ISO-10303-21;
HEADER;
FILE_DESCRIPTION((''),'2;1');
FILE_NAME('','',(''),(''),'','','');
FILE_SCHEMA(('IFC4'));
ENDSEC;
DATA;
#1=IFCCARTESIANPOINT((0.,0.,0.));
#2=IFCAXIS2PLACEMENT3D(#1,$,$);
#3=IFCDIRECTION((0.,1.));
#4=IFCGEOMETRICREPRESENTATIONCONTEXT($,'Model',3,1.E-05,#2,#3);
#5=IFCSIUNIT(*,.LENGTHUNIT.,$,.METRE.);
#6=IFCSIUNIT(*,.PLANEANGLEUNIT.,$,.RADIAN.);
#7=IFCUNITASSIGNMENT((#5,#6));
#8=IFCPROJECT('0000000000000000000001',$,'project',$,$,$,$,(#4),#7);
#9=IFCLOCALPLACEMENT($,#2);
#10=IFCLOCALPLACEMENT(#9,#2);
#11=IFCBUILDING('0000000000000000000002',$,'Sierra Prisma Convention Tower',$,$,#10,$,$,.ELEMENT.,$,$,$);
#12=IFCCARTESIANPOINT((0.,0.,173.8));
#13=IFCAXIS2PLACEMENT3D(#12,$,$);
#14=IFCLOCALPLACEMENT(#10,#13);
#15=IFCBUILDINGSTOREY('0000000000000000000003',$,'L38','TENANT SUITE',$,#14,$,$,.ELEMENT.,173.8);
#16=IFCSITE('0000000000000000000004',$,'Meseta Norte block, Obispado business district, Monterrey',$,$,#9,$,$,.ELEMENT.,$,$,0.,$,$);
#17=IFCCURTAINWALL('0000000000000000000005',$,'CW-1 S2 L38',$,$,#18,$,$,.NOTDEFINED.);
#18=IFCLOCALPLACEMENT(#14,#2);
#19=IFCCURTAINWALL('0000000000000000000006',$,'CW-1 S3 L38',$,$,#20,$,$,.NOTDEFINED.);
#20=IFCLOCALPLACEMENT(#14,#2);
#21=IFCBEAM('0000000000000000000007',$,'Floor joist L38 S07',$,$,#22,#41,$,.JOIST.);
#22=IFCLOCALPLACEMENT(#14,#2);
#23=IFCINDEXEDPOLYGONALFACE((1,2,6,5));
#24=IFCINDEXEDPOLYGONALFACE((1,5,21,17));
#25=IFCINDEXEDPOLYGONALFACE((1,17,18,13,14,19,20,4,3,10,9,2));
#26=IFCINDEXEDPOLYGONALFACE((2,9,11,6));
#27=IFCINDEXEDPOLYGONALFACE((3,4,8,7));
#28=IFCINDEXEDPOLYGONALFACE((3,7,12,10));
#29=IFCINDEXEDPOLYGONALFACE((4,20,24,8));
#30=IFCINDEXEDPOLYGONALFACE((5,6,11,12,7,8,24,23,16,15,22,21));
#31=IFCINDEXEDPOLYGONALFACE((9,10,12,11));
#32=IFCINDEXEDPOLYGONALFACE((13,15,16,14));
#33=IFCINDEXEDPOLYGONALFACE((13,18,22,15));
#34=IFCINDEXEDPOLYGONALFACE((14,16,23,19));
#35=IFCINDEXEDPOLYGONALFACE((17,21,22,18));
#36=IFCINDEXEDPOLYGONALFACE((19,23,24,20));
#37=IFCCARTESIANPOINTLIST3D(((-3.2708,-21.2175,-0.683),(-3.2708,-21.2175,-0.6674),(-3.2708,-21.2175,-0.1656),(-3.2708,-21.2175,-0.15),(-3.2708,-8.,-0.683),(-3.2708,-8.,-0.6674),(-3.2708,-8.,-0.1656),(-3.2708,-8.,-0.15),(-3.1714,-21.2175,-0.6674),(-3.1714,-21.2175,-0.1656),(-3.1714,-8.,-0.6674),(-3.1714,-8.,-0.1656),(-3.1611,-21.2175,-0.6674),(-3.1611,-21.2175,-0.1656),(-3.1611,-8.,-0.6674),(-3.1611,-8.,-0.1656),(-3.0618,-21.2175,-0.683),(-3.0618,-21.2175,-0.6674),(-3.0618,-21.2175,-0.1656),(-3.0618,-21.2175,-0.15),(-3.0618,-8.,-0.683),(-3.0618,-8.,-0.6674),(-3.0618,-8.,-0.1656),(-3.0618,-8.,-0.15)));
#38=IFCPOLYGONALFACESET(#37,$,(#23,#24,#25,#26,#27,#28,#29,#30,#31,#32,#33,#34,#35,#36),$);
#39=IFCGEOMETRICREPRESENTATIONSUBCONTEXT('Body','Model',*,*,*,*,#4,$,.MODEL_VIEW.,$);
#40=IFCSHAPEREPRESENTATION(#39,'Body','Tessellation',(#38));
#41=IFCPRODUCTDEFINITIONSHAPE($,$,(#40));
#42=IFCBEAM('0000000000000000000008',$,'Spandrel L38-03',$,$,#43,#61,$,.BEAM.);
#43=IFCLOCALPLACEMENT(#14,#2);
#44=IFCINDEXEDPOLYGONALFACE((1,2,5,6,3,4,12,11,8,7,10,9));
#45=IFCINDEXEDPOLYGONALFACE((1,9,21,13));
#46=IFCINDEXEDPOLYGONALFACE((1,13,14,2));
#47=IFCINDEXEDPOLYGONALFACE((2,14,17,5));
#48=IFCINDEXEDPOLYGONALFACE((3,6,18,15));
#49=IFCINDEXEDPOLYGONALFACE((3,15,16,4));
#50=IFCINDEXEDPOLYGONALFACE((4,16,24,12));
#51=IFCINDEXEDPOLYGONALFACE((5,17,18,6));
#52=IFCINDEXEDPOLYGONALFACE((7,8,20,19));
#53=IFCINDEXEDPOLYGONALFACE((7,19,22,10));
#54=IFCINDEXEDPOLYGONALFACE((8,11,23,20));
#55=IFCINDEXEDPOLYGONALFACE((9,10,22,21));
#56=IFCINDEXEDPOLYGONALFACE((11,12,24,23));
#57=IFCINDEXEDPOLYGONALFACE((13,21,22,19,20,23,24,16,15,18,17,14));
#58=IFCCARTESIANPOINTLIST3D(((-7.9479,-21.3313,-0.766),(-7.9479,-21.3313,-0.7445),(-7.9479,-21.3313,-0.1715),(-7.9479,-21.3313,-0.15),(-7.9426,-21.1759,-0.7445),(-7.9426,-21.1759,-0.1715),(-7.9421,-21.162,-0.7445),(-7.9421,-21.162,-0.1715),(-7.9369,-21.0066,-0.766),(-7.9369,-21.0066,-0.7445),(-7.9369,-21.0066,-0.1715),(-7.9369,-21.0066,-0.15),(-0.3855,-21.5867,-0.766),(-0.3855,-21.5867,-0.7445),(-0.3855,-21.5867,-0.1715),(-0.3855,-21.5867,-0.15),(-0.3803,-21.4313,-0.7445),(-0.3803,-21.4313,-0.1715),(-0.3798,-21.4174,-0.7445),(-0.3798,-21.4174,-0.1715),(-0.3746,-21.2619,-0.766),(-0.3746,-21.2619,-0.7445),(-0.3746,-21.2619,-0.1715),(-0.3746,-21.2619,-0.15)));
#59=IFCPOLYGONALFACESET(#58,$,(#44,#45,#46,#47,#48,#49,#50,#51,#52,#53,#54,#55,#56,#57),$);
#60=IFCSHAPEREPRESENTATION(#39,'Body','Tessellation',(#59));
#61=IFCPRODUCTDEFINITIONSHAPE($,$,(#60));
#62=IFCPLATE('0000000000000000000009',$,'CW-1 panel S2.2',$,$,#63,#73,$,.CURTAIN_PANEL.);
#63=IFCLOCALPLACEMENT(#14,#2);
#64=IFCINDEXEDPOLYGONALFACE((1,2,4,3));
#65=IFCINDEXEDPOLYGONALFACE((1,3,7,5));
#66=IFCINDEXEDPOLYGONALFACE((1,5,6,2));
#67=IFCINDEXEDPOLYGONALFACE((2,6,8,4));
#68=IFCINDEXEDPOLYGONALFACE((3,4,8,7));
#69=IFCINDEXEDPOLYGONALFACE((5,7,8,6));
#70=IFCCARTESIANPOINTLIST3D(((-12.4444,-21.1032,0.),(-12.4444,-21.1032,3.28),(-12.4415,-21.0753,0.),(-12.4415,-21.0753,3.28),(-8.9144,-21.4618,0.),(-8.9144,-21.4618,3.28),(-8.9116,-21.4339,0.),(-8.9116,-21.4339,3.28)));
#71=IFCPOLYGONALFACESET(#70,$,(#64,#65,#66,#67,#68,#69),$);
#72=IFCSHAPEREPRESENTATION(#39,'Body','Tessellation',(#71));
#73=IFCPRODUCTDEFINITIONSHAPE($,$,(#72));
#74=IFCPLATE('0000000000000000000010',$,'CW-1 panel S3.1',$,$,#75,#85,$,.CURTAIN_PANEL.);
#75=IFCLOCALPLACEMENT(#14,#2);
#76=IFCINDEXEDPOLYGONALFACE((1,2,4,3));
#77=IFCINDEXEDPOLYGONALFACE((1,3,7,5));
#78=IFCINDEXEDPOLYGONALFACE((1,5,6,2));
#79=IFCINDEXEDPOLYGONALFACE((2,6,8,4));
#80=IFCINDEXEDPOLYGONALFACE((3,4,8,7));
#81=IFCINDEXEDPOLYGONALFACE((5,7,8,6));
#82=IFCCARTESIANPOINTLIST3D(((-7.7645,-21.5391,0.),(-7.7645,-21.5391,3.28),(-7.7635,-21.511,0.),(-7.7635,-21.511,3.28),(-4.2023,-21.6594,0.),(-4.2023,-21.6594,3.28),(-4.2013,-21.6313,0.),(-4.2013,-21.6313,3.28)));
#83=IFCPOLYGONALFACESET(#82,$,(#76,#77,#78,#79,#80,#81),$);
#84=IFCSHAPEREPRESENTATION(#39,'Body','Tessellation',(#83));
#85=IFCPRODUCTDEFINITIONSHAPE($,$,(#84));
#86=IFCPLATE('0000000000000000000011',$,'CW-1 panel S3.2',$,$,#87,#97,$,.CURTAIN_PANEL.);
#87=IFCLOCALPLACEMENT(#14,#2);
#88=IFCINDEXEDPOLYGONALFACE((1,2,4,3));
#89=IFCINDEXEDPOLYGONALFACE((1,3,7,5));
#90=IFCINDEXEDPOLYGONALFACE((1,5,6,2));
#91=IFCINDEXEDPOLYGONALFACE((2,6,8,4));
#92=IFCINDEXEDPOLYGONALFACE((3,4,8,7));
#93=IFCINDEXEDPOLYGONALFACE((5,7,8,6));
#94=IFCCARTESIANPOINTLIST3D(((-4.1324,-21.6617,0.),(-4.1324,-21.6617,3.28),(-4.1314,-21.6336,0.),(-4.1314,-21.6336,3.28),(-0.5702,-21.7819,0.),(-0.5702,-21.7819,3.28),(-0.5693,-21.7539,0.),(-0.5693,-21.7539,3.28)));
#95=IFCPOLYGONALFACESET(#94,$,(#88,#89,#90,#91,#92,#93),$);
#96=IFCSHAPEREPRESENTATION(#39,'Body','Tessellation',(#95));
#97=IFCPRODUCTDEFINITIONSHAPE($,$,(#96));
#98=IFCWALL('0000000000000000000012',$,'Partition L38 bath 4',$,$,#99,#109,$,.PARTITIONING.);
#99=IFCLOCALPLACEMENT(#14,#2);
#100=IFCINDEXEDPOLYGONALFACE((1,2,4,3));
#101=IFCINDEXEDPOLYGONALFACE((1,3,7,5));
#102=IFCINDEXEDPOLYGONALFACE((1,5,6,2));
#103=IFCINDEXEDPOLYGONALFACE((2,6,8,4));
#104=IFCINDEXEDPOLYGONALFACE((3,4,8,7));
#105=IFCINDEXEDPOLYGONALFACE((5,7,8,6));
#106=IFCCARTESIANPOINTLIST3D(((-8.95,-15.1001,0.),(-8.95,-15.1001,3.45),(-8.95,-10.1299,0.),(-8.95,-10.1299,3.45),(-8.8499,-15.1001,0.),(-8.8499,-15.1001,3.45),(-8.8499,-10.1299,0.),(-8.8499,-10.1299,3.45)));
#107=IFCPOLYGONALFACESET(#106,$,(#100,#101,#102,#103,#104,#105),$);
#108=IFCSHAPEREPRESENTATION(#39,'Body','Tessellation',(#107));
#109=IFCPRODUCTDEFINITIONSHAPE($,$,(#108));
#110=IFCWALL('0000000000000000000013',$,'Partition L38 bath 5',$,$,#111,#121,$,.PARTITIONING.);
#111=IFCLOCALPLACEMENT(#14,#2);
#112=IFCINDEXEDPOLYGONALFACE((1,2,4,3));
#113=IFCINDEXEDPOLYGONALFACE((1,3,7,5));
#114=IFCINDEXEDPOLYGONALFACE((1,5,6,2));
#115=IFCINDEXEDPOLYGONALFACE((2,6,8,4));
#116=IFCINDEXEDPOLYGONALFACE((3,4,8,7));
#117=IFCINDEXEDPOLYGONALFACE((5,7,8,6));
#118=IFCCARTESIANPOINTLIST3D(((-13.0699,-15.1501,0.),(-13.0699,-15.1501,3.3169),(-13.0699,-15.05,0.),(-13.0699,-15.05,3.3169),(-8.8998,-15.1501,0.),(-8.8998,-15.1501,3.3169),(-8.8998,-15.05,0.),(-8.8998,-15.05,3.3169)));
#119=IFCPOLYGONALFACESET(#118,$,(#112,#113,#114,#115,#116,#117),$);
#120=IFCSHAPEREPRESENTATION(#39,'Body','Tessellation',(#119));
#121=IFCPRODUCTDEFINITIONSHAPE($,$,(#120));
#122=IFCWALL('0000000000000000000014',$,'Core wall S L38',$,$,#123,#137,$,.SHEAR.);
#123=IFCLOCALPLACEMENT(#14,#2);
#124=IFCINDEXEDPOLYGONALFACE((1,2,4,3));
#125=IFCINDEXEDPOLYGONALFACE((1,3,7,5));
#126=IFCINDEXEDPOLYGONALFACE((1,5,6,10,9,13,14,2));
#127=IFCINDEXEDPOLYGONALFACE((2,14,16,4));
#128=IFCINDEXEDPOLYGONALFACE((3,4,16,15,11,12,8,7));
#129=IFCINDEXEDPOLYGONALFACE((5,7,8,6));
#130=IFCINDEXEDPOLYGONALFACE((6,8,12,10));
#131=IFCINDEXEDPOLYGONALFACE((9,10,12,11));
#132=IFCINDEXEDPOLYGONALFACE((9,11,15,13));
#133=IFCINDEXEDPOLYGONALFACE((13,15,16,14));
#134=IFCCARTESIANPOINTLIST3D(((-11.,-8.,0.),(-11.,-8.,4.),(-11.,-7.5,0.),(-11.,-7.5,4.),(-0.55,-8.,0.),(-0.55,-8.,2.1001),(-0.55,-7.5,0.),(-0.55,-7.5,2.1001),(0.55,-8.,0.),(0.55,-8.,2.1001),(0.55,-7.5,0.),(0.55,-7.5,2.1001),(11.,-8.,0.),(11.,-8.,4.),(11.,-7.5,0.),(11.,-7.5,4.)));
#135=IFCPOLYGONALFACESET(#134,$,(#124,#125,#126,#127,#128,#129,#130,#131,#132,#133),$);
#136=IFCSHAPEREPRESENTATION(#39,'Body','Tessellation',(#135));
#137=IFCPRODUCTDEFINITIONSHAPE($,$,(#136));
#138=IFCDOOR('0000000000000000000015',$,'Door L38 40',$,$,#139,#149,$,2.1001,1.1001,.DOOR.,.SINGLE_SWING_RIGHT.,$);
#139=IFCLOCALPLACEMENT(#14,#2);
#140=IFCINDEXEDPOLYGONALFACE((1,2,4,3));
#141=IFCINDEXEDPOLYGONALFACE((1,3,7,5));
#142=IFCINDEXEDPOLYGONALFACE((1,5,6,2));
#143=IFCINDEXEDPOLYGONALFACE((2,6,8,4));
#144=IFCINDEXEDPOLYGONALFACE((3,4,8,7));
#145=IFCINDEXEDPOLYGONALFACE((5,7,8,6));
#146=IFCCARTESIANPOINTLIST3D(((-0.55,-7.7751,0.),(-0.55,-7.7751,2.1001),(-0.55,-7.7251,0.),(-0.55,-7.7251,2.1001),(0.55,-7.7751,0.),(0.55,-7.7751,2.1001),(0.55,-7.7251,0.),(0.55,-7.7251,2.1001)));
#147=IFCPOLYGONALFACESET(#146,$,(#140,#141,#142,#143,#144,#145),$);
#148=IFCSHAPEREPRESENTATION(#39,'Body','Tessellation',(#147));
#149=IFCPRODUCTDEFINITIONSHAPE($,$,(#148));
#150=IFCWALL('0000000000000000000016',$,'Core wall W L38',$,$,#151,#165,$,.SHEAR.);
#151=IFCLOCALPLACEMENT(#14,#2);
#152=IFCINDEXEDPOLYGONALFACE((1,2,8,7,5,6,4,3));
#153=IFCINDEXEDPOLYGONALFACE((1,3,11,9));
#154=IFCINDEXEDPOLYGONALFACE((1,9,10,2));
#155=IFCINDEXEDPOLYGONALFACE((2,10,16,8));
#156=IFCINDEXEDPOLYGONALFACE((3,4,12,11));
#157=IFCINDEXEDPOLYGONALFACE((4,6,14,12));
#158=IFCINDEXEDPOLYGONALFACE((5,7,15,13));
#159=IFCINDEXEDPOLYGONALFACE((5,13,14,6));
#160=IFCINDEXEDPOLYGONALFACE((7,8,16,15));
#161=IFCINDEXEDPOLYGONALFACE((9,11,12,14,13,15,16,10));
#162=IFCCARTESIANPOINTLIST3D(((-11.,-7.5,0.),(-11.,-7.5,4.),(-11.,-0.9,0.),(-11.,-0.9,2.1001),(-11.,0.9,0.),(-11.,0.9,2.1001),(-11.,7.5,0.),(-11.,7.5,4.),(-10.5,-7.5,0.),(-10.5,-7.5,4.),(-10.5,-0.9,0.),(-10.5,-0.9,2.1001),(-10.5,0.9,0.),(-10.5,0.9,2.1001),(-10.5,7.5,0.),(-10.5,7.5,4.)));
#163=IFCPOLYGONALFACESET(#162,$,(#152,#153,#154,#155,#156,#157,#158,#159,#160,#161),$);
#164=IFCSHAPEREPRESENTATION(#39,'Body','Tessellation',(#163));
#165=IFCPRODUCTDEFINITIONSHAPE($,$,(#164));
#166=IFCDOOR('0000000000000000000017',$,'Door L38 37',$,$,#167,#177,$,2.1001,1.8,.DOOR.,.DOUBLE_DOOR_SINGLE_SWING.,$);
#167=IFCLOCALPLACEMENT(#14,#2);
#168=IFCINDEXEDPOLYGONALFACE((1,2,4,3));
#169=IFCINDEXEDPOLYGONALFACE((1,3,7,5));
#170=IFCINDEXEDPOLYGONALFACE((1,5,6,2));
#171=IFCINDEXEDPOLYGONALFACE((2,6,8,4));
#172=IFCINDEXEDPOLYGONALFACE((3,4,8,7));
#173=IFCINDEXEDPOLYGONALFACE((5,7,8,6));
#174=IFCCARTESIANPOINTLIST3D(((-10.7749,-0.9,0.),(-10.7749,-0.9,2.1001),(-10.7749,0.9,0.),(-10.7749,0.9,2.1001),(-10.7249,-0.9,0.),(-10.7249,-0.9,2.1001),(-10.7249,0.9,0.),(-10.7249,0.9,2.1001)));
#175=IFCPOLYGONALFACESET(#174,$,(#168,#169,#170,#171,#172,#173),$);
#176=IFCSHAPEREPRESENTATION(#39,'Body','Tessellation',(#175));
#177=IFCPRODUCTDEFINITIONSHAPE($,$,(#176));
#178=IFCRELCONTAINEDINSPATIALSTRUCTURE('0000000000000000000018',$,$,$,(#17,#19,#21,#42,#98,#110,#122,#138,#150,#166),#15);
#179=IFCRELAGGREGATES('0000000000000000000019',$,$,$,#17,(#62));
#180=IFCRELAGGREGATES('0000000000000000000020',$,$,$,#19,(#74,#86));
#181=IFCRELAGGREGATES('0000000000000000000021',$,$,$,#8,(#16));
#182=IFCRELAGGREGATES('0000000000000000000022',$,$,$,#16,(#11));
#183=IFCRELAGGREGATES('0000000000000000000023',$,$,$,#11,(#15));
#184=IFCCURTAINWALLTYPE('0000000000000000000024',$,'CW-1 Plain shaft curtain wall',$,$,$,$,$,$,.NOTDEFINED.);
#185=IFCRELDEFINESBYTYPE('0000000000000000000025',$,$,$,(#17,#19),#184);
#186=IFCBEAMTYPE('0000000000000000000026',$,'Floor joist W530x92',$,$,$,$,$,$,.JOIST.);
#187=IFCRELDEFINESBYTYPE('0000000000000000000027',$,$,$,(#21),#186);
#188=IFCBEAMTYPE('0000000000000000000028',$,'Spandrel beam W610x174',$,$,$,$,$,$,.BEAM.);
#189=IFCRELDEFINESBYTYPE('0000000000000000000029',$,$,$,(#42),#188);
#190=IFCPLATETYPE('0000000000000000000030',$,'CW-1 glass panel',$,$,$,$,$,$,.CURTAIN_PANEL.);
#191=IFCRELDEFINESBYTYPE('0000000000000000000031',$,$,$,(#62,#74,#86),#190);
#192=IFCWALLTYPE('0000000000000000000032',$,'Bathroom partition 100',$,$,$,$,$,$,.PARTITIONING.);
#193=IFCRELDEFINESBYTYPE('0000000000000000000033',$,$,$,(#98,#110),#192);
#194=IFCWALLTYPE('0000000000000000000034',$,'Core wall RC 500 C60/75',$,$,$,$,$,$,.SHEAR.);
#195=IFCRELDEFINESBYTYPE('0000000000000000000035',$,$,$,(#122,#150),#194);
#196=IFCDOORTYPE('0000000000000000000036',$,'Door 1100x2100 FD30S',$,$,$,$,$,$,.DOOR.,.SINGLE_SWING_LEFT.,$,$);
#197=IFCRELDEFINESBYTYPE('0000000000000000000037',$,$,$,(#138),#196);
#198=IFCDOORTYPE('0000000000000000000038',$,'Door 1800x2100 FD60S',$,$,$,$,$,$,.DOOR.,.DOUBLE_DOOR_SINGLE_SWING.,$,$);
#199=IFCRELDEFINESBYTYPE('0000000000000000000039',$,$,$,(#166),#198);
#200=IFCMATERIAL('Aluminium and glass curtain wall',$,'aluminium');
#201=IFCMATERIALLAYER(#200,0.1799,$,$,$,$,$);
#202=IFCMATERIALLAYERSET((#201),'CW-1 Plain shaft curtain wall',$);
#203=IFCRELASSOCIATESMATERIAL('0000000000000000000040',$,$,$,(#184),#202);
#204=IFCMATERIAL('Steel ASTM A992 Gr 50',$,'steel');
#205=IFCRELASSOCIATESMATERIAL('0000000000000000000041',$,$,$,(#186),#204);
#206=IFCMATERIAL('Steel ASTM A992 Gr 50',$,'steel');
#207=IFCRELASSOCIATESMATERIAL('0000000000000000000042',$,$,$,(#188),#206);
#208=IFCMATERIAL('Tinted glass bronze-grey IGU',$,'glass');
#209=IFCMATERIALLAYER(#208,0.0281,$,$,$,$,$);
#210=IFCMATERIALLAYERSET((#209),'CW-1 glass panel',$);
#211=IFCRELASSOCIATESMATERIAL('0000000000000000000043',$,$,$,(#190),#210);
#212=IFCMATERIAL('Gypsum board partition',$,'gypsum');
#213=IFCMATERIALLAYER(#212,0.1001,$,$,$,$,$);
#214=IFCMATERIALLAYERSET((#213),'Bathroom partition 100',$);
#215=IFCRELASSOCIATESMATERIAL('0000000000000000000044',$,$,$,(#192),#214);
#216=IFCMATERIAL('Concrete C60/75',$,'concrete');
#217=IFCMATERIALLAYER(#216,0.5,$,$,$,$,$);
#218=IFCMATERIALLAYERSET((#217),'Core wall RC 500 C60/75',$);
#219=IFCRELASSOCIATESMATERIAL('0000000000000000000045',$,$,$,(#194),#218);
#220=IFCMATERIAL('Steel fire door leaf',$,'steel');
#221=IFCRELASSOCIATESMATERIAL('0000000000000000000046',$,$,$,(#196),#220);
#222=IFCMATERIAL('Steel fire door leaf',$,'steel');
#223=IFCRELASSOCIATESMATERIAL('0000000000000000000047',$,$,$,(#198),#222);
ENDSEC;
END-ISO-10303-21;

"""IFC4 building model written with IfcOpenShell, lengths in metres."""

from ifc_helpers import new_model, si_unit, direction, frame, frame_2d, origin, origin_2d, place, context, subcontext, project, spatial, rectangle, i_section, extrude, material, layer, layer_set, material_profile, profile_set, type_object, element, fill, aggregate, save


model = new_model("IFC4")

# Units and contexts
model_context = context("Model", 3, precision=1e-05, world=origin(), true_north=direction((0.0, 1.0)))
body_context = subcontext(model_context, "Body", "Model", "MODEL_VIEW")
ifc_project = project(units=[si_unit("LENGTHUNIT", "METRE"), si_unit("PLANEANGLEUNIT", "RADIAN")], contexts=[model_context])

# Site, building, storey
site_placement = place(None, origin())
site = spatial("IfcSite", under=ifc_project, at=site_placement, Name="Meseta Norte block, Obispado business district, Monterrey", CompositionType="ELEMENT", RefElevation=0.0)
building_placement = place(site_placement, origin())
building = spatial("IfcBuilding", under=site, at=building_placement, Name="Sierra Prisma Convention Tower", CompositionType="ELEMENT")
storey_placement = place(building_placement, frame((0.0, 0.0, 173.8)))
storey = spatial("IfcBuildingStorey", under=building, at=storey_placement, Name="L38", Description="TENANT SUITE", CompositionType="ELEMENT", Elevation=173.8)

# Curtain wall
ifc_material_1 = material(Name="Aluminium and glass curtain wall", Category="aluminium")
ifc_layer_1 = layer(ifc_material_1, 0.1799)
ifc_layer_set_1 = layer_set([ifc_layer_1], Name="CW-1 Plain shaft curtain wall")
curtain_wall_type = type_object("IfcCurtainWallType", Name="CW-1 Plain shaft curtain wall", PredefinedType="NOTDEFINED", material=ifc_layer_set_1)
curtain_wall_1_placement = place(storey_placement, origin())
curtain_wall_1 = element("IfcCurtainWall", 1, at=curtain_wall_1_placement, inside=storey, type_object=curtain_wall_type, Name="CW-1 S2 L38", PredefinedType="NOTDEFINED")

# Curtain wall
curtain_wall_2_placement = place(storey_placement, origin())
curtain_wall_2 = element("IfcCurtainWall", 2, at=curtain_wall_2_placement, inside=storey, type_object=curtain_wall_type, Name="CW-1 S3 L38", PredefinedType="NOTDEFINED")

# Beams
ifc_material_2 = material(Name="Steel ASTM A992 Gr 50", Category="steel")
ifc_material_profile_1 = material_profile(ifc_material_2, i_section(OverallWidth=0.209, OverallDepth=0.533, WebThickness=0.0103, FlangeThickness=0.0156, at=origin_2d()), Name="W530x92")
ifc_profile_set_1 = profile_set([ifc_material_profile_1], Name="Steel ASTM A992 Gr 50")
beam_type_1 = type_object("IfcBeamType", Name="Floor joist W530x92", PredefinedType="JOIST", material=ifc_profile_set_1)
beam_1_placement = place(storey_placement, frame((-3.1663, -21.2175, -0.4165), z_axis=(0.0, 1.0, 0.0), x_axis=(-1.0, 0.0, 0.0)))
element("IfcBeam", 3, at=beam_1_placement, inside=storey, type_object=beam_type_1, Name="Floor joist L38 S07", PredefinedType="JOIST", context=body_context, shape_type="SweptSolid", body=[
    extrude(i_section(OverallWidth=0.209, OverallDepth=0.533, WebThickness=0.0103, FlangeThickness=0.0156, at=origin_2d()), origin(), (0.0, 0.0, 1.0), 13.2175),
])
ifc_material_3 = material(Name="Steel ASTM A992 Gr 50", Category="steel")
ifc_material_profile_2 = material_profile(ifc_material_3, i_section(OverallWidth=0.325, OverallDepth=0.616, WebThickness=0.0139, FlangeThickness=0.0215, at=origin_2d()), Name="W610x174")
ifc_profile_set_2 = profile_set([ifc_material_profile_2], Name="Steel ASTM A992 Gr 50")
beam_type_2 = type_object("IfcBeamType", Name="Spandrel beam W610x174", PredefinedType="BEAM", material=ifc_profile_set_2)
beam_2_placement = place(storey_placement, frame((-7.9424, -21.1689, -0.458), z_axis=(0.99943, -0.03375, 0.0), x_axis=(0.03375, 0.99943, 0.0)))
element("IfcBeam", 4, at=beam_2_placement, inside=storey, type_object=beam_type_2, Name="Spandrel L38-03", PredefinedType="BEAM", context=body_context, shape_type="SweptSolid", body=[
    extrude(i_section(OverallWidth=0.325, OverallDepth=0.616, WebThickness=0.0139, FlangeThickness=0.0215, at=origin_2d()), origin(), (0.0, 0.0, 1.0), 7.5667),
])

# Plates
ifc_material_4 = material(Name="Tinted glass bronze-grey IGU", Category="glass")
ifc_layer_2 = layer(ifc_material_4, 0.0281)
ifc_layer_set_2 = layer_set([ifc_layer_2], Name="CW-1 glass panel")
plate_type = type_object("IfcPlateType", Name="CW-1 glass panel", PredefinedType="CURTAIN_PANEL", material=ifc_layer_set_2)
plate_1_placement = place(storey_placement, frame((-10.678, -21.2686, 0.0), z_axis=(0.0, 0.0, 1.0), x_axis=(0.99488, -0.101067, 0.0)))
plate_1 = element("IfcPlate", 5, at=plate_1_placement, type_object=plate_type, Name="CW-1 panel S2.2", PredefinedType="CURTAIN_PANEL", context=body_context, shape_type="SweptSolid", body=[
    extrude(rectangle(XDim=3.5481, YDim=0.0281, at=origin_2d()), origin(), (0.0, 0.0, 1.0), 3.28),
])
aggregate(curtain_wall_1, [plate_1])
plate_2_placement = place(storey_placement, frame((-5.9829, -21.5852, 0.0), z_axis=(0.0, 0.0, 1.0), x_axis=(0.999431, -0.03374, 0.0)))
plate_2 = element("IfcPlate", 6, at=plate_2_placement, type_object=plate_type, Name="CW-1 panel S3.1", PredefinedType="CURTAIN_PANEL", context=body_context, shape_type="SweptSolid", body=[
    extrude(rectangle(XDim=3.5642, YDim=0.0281, at=origin_2d()), origin(), (0.0, 0.0, 1.0), 3.28),
])
plate_3_placement = place(storey_placement, frame((-2.3508, -21.7078, 0.0), z_axis=(0.0, 0.0, 1.0), x_axis=(0.999431, -0.03374, 0.0)))
plate_3 = element("IfcPlate", 7, at=plate_3_placement, type_object=plate_type, Name="CW-1 panel S3.2", PredefinedType="CURTAIN_PANEL", context=body_context, shape_type="SweptSolid", body=[
    extrude(rectangle(XDim=3.5642, YDim=0.0281, at=origin_2d()), origin(), (0.0, 0.0, 1.0), 3.28),
])
aggregate(curtain_wall_2, [plate_2, plate_3])

# Walls
ifc_material_5 = material(Name="Gypsum board partition", Category="gypsum")
ifc_layer_3 = layer(ifc_material_5, 0.1001)
ifc_layer_set_3 = layer_set([ifc_layer_3], Name="Bathroom partition 100")
wall_type_1 = type_object("IfcWallType", Name="Bathroom partition 100", PredefinedType="PARTITIONING", material=ifc_layer_set_3)
wall_1_placement = place(storey_placement, frame((-8.8999, -10.1299, 0.0), z_axis=(0.0, 0.0, 1.0), x_axis=(0.0, -1.0, 0.0)))
element("IfcWall", 8, at=wall_1_placement, inside=storey, type_object=wall_type_1, Name="Partition L38 bath 4", PredefinedType="PARTITIONING", context=body_context, shape_type="SweptSolid", body=[
    extrude(rectangle(XDim=4.9702, YDim=0.1001, at=frame_2d((2.4851, 0.0))), origin(), (0.0, 0.0, 1.0), 3.45),
])
wall_2_placement = place(storey_placement, frame((-8.8999, -15.1001, 0.0), z_axis=(0.0, 0.0, 1.0), x_axis=(-1.0, 0.0, 0.0)))
element("IfcWall", 9, at=wall_2_placement, inside=storey, type_object=wall_type_1, Name="Partition L38 bath 5", PredefinedType="PARTITIONING", context=body_context, shape_type="SweptSolid", body=[
    extrude(rectangle(XDim=4.1702, YDim=0.1001, at=frame_2d((2.085, 0.0))), origin(), (0.0, 0.0, 1.0), 3.3169),
])

# Walls, openings, doors
ifc_material_6 = material(Name="Concrete C60/75", Category="concrete")
ifc_layer_4 = layer(ifc_material_6, 0.5)
ifc_layer_set_4 = layer_set([ifc_layer_4], Name="Core wall RC 500 C60/75")
wall_type_2 = type_object("IfcWallType", Name="Core wall RC 500 C60/75", PredefinedType="SHEAR", material=ifc_layer_set_4)
wall_3_placement = place(storey_placement, frame((-11.0, -7.75, 0.0), z_axis=(0.0, 0.0, 1.0), x_axis=(1.0, 0.0, 0.0)))
wall_3 = element("IfcWall", 10, at=wall_3_placement, inside=storey, type_object=wall_type_2, Name="Core wall S L38", PredefinedType="SHEAR", context=body_context, shape_type="SweptSolid", body=[
    extrude(rectangle(XDim=22.0, YDim=0.5, at=frame_2d((11.0, 0.0))), origin(), (0.0, 0.0, 1.0), 4.0),
])
opening_1_placement = place(wall_3_placement, frame((10.45, 0.0, 0.0)))
opening_1 = element("IfcOpeningElement", 11, at=opening_1_placement, cuts=wall_3, PredefinedType="OPENING", context=body_context, shape_type="SweptSolid", body=[
    extrude(rectangle(XDim=1.1001, YDim=2.1001, at=frame_2d((0.55, 1.05))), frame((0.0, 0.25, 0.0), z_axis=(0.0, -1.0, 0.0), x_axis=(1.0, 0.0, 0.0)), (0.0, 0.0, 1.0), 0.5),
])
ifc_material_7 = material(Name="Steel fire door leaf", Category="steel")
door_type_1 = type_object("IfcDoorType", Name="Door 1100x2100 FD30S", OperationType="SINGLE_SWING_LEFT", PredefinedType="DOOR", material=ifc_material_7)
door_1_placement = place(opening_1_placement, origin())
door_1 = element("IfcDoor", 12, at=door_1_placement, inside=storey, type_object=door_type_1, Name="Door L38 40", OperationType="SINGLE_SWING_RIGHT", OverallHeight=2.1001, OverallWidth=1.1001, PredefinedType="DOOR", context=body_context, shape_type="SweptSolid", body=[
    extrude(rectangle(XDim=1.1001, YDim=2.1001, at=frame_2d((0.55, 1.05))), frame((0.0, 0.0249, 0.0), z_axis=(0.0, -1.0, 0.0), x_axis=(1.0, 0.0, 0.0)), (0.0, 0.0, 1.0), 0.05),
])
fill(opening_1, door_1)
wall_4_placement = place(storey_placement, frame((-10.75, -7.5, 0.0), z_axis=(0.0, 0.0, 1.0), x_axis=(0.0, 1.0, 0.0)))
wall_4 = element("IfcWall", 13, at=wall_4_placement, inside=storey, type_object=wall_type_2, Name="Core wall W L38", PredefinedType="SHEAR", context=body_context, shape_type="SweptSolid", body=[
    extrude(rectangle(XDim=15.0, YDim=0.5, at=frame_2d((7.5, 0.0))), origin(), (0.0, 0.0, 1.0), 4.0),
])
opening_2_placement = place(wall_4_placement, frame((6.6001, 0.0, 0.0)))
opening_2 = element("IfcOpeningElement", 14, at=opening_2_placement, cuts=wall_4, PredefinedType="OPENING", context=body_context, shape_type="SweptSolid", body=[
    extrude(rectangle(XDim=1.8, YDim=2.1001, at=frame_2d((0.8999, 1.05))), frame((0.0, 0.25, 0.0), z_axis=(0.0, -1.0, 0.0), x_axis=(1.0, 0.0, 0.0)), (0.0, 0.0, 1.0), 0.5),
])
ifc_material_8 = material(Name="Steel fire door leaf", Category="steel")
door_type_2 = type_object("IfcDoorType", Name="Door 1800x2100 FD60S", OperationType="DOUBLE_DOOR_SINGLE_SWING", PredefinedType="DOOR", material=ifc_material_8)
door_2_placement = place(opening_2_placement, origin())
door_2 = element("IfcDoor", 15, at=door_2_placement, inside=storey, type_object=door_type_2, Name="Door L38 37", OperationType="DOUBLE_DOOR_SINGLE_SWING", OverallHeight=2.1001, OverallWidth=1.8, PredefinedType="DOOR", context=body_context, shape_type="SweptSolid", body=[
    extrude(rectangle(XDim=1.8, YDim=2.1001, at=frame_2d((0.8999, 1.05))), frame((0.0, 0.0249, 0.0), z_axis=(0.0, -1.0, 0.0), x_axis=(1.0, 0.0, 0.0)), (0.0, 0.0, 1.0), 0.05),
])
fill(opening_2, door_2)

save(model, "model.ifc")
